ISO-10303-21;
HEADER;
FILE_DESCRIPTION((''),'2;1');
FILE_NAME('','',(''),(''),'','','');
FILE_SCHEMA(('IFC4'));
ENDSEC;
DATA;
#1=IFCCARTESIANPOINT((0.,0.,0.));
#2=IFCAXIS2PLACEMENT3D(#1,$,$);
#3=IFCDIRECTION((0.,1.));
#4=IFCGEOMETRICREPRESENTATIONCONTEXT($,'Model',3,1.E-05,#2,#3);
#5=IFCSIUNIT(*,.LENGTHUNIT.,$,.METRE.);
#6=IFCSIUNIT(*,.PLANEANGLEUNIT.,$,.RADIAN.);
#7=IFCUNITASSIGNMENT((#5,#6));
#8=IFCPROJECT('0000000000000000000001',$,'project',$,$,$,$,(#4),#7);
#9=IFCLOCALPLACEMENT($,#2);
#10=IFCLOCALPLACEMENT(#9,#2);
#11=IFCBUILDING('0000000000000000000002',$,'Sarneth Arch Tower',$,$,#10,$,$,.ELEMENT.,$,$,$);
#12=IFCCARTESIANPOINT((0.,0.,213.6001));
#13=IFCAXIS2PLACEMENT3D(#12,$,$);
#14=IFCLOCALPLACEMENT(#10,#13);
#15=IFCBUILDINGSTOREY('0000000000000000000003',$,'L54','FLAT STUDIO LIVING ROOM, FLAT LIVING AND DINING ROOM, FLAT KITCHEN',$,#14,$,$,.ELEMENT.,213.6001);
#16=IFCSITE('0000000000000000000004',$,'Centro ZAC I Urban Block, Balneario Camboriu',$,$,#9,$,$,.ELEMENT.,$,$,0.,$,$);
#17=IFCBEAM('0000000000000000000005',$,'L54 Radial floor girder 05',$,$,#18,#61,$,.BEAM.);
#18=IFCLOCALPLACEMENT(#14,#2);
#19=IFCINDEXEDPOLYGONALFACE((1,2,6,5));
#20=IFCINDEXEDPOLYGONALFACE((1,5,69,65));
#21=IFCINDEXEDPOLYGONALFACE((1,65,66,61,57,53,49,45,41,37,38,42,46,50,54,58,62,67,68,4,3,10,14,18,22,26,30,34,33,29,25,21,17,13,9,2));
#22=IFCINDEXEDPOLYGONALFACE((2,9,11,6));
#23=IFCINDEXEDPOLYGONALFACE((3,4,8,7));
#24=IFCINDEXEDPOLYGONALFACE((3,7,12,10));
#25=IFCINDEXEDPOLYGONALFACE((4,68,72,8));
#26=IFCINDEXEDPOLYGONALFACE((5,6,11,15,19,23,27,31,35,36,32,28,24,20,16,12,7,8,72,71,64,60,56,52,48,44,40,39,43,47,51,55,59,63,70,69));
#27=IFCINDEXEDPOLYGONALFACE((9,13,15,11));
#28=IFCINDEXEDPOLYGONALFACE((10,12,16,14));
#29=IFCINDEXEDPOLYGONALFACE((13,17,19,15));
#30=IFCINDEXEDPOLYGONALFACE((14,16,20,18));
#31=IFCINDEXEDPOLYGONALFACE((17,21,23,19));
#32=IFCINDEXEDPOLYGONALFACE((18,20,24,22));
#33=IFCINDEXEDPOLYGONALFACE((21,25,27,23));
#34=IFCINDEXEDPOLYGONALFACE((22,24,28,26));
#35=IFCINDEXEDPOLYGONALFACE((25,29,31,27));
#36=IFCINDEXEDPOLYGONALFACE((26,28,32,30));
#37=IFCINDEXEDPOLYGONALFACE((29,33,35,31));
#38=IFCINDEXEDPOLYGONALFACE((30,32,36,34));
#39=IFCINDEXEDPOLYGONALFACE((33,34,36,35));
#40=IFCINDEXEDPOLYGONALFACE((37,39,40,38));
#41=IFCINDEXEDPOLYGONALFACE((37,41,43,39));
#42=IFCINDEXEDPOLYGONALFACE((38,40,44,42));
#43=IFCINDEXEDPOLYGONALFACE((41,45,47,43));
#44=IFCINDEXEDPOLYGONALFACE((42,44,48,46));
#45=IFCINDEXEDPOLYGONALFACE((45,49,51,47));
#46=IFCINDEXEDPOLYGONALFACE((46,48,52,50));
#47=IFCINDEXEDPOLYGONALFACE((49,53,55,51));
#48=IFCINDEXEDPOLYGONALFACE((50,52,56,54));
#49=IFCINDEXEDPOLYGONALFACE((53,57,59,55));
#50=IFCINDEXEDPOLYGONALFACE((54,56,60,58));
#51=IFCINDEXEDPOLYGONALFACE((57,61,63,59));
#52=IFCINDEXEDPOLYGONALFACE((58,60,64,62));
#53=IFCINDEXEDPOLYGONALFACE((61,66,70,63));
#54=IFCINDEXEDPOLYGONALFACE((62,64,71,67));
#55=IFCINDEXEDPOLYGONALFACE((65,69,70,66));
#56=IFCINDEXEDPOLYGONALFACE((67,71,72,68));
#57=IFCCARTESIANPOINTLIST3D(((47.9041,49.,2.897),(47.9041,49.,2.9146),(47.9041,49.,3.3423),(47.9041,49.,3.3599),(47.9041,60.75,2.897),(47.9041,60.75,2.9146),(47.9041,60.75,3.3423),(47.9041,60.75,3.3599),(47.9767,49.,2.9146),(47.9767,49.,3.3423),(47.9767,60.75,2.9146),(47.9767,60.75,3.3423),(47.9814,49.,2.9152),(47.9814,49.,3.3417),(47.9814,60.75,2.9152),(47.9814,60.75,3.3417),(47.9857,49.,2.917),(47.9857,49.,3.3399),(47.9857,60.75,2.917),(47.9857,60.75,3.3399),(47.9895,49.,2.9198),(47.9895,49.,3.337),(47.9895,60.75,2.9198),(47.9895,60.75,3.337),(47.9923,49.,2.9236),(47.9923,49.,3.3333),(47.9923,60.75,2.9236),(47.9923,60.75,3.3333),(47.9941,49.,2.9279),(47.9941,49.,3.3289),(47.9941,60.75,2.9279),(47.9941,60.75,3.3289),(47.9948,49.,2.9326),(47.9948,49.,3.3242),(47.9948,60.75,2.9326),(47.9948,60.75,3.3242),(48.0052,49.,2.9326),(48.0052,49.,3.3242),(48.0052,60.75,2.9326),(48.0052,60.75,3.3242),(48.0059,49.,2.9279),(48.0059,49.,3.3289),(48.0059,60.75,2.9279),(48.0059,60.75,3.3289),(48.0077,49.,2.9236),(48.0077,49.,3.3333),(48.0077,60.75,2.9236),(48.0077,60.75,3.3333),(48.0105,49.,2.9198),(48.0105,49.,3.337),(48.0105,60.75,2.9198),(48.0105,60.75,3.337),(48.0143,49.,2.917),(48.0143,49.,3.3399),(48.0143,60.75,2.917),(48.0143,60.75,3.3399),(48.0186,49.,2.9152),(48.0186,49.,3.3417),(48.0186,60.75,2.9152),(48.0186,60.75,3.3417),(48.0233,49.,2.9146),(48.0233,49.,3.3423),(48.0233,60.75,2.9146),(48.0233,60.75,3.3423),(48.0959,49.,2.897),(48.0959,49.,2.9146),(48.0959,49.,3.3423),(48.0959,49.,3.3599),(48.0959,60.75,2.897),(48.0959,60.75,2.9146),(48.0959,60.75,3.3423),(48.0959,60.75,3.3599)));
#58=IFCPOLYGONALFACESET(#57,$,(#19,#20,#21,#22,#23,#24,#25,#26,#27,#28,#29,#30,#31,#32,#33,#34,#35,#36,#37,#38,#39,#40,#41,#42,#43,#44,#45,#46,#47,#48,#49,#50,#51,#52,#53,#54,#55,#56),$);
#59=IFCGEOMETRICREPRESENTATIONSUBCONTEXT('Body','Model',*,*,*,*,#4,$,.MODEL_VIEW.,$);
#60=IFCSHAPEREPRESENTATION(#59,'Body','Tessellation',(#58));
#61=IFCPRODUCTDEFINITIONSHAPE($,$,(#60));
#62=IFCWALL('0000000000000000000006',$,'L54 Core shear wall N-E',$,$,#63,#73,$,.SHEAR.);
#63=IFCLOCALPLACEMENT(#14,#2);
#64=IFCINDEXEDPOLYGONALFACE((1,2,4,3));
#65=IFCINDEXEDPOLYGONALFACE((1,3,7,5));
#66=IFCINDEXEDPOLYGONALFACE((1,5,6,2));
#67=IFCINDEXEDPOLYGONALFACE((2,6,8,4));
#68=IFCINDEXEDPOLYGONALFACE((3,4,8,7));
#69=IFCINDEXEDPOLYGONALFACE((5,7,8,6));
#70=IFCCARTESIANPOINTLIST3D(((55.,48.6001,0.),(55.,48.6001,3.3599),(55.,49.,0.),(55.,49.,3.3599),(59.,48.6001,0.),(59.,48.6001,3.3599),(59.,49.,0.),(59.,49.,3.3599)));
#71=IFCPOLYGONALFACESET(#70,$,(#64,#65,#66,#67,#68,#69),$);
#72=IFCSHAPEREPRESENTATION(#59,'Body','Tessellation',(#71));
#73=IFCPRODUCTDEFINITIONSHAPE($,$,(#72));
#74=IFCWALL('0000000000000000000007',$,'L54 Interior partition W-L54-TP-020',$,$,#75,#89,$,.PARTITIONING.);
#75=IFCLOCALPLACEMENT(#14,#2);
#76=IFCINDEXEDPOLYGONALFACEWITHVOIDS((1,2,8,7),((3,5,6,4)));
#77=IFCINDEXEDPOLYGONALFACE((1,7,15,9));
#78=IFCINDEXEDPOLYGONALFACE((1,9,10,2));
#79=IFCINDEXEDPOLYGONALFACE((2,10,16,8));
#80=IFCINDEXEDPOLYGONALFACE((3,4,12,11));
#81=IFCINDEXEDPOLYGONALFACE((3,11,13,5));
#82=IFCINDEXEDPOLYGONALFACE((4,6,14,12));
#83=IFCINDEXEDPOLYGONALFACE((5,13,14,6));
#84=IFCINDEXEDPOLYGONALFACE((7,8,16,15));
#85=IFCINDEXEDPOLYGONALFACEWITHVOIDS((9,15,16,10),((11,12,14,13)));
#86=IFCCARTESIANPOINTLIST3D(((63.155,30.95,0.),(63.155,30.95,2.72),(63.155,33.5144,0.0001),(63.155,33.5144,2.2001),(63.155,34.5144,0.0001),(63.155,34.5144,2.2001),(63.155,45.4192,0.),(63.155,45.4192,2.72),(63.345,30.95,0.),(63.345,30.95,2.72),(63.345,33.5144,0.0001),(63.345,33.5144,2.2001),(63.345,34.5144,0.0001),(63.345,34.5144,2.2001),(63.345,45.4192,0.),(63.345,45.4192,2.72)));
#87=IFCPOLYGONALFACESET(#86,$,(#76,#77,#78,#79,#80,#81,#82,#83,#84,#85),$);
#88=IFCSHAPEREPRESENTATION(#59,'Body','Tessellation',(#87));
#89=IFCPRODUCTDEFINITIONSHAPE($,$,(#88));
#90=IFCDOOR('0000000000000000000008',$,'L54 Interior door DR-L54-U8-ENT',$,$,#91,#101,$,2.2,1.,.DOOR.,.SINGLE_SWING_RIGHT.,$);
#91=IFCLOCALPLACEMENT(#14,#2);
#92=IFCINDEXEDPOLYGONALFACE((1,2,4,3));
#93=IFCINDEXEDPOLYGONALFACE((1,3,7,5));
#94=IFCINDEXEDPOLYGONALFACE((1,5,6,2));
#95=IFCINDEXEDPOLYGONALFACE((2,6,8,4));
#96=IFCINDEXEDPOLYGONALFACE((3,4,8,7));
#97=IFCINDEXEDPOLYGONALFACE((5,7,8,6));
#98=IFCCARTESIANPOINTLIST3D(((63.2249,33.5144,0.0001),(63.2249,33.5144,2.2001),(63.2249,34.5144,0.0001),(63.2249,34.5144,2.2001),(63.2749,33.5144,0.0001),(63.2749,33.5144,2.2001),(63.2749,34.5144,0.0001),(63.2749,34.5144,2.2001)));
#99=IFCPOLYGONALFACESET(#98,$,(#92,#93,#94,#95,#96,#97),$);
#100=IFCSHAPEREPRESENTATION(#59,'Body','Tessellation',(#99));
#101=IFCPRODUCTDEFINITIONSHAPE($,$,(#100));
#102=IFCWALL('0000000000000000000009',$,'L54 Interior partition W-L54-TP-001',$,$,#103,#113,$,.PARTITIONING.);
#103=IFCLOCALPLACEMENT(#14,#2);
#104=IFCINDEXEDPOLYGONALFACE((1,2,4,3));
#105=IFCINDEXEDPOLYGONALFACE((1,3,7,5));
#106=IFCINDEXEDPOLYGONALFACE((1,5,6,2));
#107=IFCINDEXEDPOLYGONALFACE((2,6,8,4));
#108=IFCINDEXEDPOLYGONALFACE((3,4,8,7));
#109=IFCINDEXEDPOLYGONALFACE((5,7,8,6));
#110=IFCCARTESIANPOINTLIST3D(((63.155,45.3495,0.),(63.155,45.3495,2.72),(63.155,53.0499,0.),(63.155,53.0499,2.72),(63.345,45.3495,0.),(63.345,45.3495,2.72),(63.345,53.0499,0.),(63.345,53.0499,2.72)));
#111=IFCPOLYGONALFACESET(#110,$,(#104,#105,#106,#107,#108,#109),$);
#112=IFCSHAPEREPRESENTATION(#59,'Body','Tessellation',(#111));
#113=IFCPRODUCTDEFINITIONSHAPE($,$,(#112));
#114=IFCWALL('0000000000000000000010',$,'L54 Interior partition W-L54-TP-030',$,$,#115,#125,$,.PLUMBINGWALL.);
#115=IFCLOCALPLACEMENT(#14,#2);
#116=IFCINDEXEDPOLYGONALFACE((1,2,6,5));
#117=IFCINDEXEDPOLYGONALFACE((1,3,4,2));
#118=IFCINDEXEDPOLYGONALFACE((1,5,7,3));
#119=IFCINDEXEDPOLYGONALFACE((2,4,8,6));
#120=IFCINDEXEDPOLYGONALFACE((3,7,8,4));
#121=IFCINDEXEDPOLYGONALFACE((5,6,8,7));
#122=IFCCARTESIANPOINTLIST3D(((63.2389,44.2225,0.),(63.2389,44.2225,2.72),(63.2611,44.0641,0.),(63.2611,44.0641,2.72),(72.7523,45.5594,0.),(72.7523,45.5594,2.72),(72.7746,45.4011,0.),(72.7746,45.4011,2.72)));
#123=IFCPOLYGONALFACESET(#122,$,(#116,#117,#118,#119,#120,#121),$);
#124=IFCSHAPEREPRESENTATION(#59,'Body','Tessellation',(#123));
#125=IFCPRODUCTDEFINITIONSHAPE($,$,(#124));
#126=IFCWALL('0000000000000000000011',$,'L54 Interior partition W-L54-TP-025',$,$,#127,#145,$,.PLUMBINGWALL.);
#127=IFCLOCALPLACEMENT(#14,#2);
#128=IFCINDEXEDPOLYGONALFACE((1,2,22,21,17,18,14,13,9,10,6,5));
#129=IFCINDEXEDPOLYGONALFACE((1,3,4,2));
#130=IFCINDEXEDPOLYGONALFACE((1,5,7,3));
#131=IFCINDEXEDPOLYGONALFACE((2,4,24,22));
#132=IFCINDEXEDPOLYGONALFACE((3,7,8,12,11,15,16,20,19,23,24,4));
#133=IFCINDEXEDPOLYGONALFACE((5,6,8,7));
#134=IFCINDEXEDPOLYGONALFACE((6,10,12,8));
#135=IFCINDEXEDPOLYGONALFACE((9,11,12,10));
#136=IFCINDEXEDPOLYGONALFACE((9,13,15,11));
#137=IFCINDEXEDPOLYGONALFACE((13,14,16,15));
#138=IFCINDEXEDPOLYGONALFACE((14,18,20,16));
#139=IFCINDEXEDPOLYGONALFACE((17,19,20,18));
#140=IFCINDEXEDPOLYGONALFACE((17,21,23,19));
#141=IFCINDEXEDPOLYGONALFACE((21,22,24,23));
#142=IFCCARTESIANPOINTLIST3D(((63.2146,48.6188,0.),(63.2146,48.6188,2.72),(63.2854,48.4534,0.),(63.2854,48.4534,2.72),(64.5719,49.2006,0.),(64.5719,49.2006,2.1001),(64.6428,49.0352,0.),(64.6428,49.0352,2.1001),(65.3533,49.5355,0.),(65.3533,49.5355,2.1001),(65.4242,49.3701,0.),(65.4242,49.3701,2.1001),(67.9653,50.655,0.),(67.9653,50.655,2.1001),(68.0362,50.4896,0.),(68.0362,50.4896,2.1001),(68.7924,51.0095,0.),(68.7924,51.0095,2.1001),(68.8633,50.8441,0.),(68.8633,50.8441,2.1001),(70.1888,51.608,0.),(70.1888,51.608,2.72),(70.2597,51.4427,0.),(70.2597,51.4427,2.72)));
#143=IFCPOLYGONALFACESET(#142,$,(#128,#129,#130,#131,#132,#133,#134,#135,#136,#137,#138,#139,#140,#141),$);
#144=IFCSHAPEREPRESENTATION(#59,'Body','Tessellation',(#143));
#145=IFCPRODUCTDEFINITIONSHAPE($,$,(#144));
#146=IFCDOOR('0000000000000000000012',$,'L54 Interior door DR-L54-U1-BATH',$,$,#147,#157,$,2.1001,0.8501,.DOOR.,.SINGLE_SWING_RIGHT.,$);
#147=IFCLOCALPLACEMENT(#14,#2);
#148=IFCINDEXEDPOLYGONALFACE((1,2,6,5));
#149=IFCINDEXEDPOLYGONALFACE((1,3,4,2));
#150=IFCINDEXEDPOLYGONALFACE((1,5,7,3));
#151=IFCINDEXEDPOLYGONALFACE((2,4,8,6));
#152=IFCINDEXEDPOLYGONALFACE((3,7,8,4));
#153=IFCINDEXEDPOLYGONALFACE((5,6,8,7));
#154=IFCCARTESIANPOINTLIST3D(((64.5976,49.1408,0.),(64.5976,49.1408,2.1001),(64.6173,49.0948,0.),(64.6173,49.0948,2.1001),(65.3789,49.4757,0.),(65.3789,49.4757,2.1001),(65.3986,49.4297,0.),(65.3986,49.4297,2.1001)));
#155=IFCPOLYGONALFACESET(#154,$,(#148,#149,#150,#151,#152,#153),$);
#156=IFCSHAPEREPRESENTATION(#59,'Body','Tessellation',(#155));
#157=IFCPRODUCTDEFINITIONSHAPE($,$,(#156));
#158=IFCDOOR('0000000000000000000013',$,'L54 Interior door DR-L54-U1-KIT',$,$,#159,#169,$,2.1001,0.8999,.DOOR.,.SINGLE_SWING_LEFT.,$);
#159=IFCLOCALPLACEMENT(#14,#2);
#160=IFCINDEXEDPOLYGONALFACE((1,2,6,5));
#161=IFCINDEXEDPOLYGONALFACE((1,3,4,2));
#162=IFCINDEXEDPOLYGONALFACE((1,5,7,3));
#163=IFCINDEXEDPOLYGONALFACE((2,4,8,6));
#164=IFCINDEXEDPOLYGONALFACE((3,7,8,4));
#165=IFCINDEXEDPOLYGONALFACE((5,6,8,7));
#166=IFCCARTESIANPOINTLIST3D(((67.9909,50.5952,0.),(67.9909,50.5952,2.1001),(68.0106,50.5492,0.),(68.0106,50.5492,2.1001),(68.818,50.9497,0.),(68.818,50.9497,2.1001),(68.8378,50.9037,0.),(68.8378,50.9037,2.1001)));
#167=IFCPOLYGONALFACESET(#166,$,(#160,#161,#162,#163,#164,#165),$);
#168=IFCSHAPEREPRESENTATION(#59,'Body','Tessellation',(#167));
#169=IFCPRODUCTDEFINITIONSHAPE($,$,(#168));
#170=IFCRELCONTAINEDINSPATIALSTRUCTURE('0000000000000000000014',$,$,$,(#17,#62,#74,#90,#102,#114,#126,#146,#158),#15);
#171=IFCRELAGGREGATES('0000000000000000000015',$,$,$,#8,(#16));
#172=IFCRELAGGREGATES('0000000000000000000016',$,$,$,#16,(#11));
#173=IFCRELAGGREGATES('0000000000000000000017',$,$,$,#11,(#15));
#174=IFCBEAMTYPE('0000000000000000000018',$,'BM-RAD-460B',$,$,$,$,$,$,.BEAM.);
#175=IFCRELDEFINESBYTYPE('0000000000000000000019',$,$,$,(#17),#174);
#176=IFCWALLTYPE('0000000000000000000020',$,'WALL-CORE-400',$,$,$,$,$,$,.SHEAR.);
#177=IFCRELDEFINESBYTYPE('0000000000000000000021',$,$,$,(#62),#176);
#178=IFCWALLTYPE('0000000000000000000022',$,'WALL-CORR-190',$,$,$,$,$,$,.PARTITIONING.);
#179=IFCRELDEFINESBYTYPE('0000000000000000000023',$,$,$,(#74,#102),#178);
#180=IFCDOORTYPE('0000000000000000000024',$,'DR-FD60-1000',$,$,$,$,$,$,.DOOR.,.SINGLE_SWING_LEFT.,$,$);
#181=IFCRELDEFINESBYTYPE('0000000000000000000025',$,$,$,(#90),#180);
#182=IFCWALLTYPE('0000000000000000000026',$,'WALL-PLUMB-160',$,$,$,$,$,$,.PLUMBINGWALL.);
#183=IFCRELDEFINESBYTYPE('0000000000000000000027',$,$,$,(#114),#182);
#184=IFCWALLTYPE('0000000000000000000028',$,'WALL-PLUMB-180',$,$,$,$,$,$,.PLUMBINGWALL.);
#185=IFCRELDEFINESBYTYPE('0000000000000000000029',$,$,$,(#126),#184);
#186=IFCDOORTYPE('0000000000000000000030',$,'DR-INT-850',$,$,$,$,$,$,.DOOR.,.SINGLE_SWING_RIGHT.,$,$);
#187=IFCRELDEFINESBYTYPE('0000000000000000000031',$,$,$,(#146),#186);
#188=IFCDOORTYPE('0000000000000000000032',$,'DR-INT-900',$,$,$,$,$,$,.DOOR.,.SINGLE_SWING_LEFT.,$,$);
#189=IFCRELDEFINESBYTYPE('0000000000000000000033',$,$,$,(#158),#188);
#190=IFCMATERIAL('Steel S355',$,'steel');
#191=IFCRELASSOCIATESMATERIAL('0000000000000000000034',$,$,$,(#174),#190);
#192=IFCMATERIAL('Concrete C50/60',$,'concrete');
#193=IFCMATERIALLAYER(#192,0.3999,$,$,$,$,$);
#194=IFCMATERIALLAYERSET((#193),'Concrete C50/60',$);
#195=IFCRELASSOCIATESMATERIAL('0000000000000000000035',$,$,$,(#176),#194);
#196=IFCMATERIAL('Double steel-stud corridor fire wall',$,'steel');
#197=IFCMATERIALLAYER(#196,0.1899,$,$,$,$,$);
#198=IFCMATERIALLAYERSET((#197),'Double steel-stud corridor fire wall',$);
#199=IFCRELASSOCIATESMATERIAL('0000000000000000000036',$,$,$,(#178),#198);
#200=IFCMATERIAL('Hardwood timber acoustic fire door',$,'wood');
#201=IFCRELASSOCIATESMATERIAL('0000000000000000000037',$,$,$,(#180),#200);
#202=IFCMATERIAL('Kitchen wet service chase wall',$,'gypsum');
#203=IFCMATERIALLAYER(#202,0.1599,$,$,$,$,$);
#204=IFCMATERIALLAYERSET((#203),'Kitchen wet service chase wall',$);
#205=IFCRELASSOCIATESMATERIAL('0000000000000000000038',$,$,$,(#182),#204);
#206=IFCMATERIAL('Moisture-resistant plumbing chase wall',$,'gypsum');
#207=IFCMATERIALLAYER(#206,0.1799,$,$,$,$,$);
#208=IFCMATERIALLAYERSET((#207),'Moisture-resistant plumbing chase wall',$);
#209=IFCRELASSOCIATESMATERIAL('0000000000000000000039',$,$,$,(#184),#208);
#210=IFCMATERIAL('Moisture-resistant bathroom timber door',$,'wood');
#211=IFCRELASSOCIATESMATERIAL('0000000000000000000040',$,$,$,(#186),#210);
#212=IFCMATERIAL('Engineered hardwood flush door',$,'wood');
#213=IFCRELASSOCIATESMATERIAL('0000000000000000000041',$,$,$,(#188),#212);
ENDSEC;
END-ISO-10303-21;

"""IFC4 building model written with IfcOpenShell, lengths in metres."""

from ifc_helpers import new_model, si_unit, direction, frame, frame_2d, origin, origin_2d, place, context, subcontext, project, spatial, rectangle, i_section, extrude, material, layer, layer_set, material_profile, profile_set, type_object, element, fill, save


model = new_model("IFC4")

# Units and contexts
model_context = context("Model", 3, precision=1e-05, world=origin(), true_north=direction((0.0, 1.0)))
body_context = subcontext(model_context, "Body", "Model", "MODEL_VIEW")
ifc_project = project(units=[si_unit("LENGTHUNIT", "METRE"), si_unit("PLANEANGLEUNIT", "RADIAN")], contexts=[model_context])

# Site, building, storey
site_placement = place(None, origin())
site = spatial("IfcSite", under=ifc_project, at=site_placement, Name="Centro ZAC I Urban Block, Balneario Camboriu", CompositionType="ELEMENT", RefElevation=0.0)
building_placement = place(site_placement, origin())
building = spatial("IfcBuilding", under=site, at=building_placement, Name="Sarneth Arch Tower", CompositionType="ELEMENT")
storey_placement = place(building_placement, frame((0.0, 0.0, 213.6001)))
storey = spatial("IfcBuildingStorey", under=building, at=storey_placement, Name="L54", Description="FLAT STUDIO LIVING ROOM, FLAT LIVING AND DINING ROOM, FLAT KITCHEN", CompositionType="ELEMENT", Elevation=213.6001)

# Beam
ifc_material_1 = material(Name="Steel S355", Category="steel")
ifc_material_profile_1 = material_profile(ifc_material_1, i_section(OverallWidth=0.1919, OverallDepth=0.4629, WebThickness=0.0105, FlangeThickness=0.0176, FilletRadius=0.0181, at=origin_2d()), Name="W460x89")
ifc_profile_set_1 = profile_set([ifc_material_profile_1], Name="Steel S355")
beam_type_1 = type_object("IfcBeamType", Name="BM-RAD-460B", PredefinedType="BEAM", material=ifc_profile_set_1)
beam_1_placement = place(storey_placement, frame((48.0, 49.0, 3.1284), z_axis=(0.0, 1.0, 0.0), x_axis=(-1.0, 0.0, 0.0)))
element("IfcBeam", 1, at=beam_1_placement, inside=storey, type_object=beam_type_1, Name="L54 Radial floor girder 05", PredefinedType="BEAM", context=body_context, shape_type="SweptSolid", body=[
    extrude(i_section(OverallWidth=0.1919, OverallDepth=0.4629, WebThickness=0.0105, FlangeThickness=0.0176, FilletRadius=0.0181, at=origin_2d()), origin(), (0.0, 0.0, 1.0), 11.75),
])

# Wall
ifc_material_2 = material(Name="Concrete C50/60", Category="concrete")
ifc_layer_1 = layer(ifc_material_2, 0.3999)
ifc_layer_set_1 = layer_set([ifc_layer_1], Name="Concrete C50/60")
wall_type_1 = type_object("IfcWallType", Name="WALL-CORE-400", PredefinedType="SHEAR", material=ifc_layer_set_1)
wall_1_placement = place(storey_placement, frame((55.0, 48.8, 0.0), z_axis=(0.0, 0.0, 1.0), x_axis=(1.0, 0.0, 0.0)))
element("IfcWall", 2, at=wall_1_placement, inside=storey, type_object=wall_type_1, Name="L54 Core shear wall N-E", PredefinedType="SHEAR", context=body_context, shape_type="SweptSolid", body=[
    extrude(rectangle(XDim=4.0, YDim=0.3999, at=frame_2d((2.0, 0.0))), origin(), (0.0, 0.0, 1.0), 3.3599),
])

# Wall, opening, door
ifc_material_3 = material(Name="Double steel-stud corridor fire wall", Category="steel")
ifc_layer_2 = layer(ifc_material_3, 0.1899)
ifc_layer_set_2 = layer_set([ifc_layer_2], Name="Double steel-stud corridor fire wall")
wall_type_2 = type_object("IfcWallType", Name="WALL-CORR-190", PredefinedType="PARTITIONING", material=ifc_layer_set_2)
wall_2_placement = place(storey_placement, frame((63.25, 45.4192, 0.0), z_axis=(0.0, 0.0, 1.0), x_axis=(0.0, -1.0, 0.0)))
wall_2 = element("IfcWall", 3, at=wall_2_placement, inside=storey, type_object=wall_type_2, Name="L54 Interior partition W-L54-TP-020", PredefinedType="PARTITIONING", context=body_context, shape_type="SweptSolid", body=[
    extrude(rectangle(XDim=14.4692, YDim=0.1899, at=frame_2d((7.2346, 0.0))), origin(), (0.0, 0.0, 1.0), 2.72),
])
opening_1_placement = place(wall_2_placement, frame((10.9048, 0.0, 0.0)))
opening_1 = element("IfcOpeningElement", 4, at=opening_1_placement, cuts=wall_2, PredefinedType="OPENING", context=body_context, shape_type="SweptSolid", body=[
    extrude(rectangle(XDim=1.0, YDim=2.2, at=frame_2d((0.5, 1.1001))), frame((0.0, 0.105, 0.0), z_axis=(0.0, -1.0, 0.0), x_axis=(1.0, 0.0, 0.0)), (0.0, 0.0, 1.0), 0.21),
])
ifc_material_4 = material(Name="Hardwood timber acoustic fire door", Category="wood")
door_type_1 = type_object("IfcDoorType", Name="DR-FD60-1000", OperationType="SINGLE_SWING_LEFT", PredefinedType="DOOR", material=ifc_material_4)
door_1_placement = place(opening_1_placement, origin())
door_1 = element("IfcDoor", 5, at=door_1_placement, inside=storey, type_object=door_type_1, Name="L54 Interior door DR-L54-U8-ENT", OperationType="SINGLE_SWING_RIGHT", OverallHeight=2.2, OverallWidth=1.0, PredefinedType="DOOR", context=body_context, shape_type="SweptSolid", body=[
    extrude(rectangle(XDim=1.0, YDim=2.2, at=frame_2d((0.5, 1.1001))), frame((0.0, 0.0249, 0.0), z_axis=(0.0, -1.0, 0.0), x_axis=(1.0, 0.0, 0.0)), (0.0, 0.0, 1.0), 0.05),
])
fill(opening_1, door_1)

# Walls
wall_3_placement = place(storey_placement, frame((63.25, 45.3496, 0.0), z_axis=(0.0, 0.0, 1.0), x_axis=(0.0, 1.0, 0.0)))
element("IfcWall", 6, at=wall_3_placement, inside=storey, type_object=wall_type_2, Name="L54 Interior partition W-L54-TP-001", PredefinedType="PARTITIONING", context=body_context, shape_type="SweptSolid", body=[
    extrude(rectangle(XDim=7.7004, YDim=0.1899, at=frame_2d((3.8501, 0.0))), origin(), (0.0, 0.0, 1.0), 2.72),
])
ifc_material_5 = material(Name="Kitchen wet service chase wall", Category="gypsum")
ifc_layer_3 = layer(ifc_material_5, 0.1599)
ifc_layer_set_3 = layer_set([ifc_layer_3], Name="Kitchen wet service chase wall")
wall_type_3 = type_object("IfcWallType", Name="WALL-PLUMB-160", PredefinedType="PLUMBINGWALL", material=ifc_layer_set_3)
wall_4_placement = place(storey_placement, frame((63.25, 44.1433, 0.0), z_axis=(0.0, 0.0, 1.0), x_axis=(0.99027, 0.139162, 0.0)))
element("IfcWall", 7, at=wall_4_placement, inside=storey, type_object=wall_type_3, Name="L54 Interior partition W-L54-TP-030", PredefinedType="PLUMBINGWALL", context=body_context, shape_type="SweptSolid", body=[
    extrude(rectangle(XDim=9.6069, YDim=0.1599, at=frame_2d((4.8035, 0.0))), origin(), (0.0, 0.0, 1.0), 2.72),
])

# Wall, openings, doors
ifc_material_6 = material(Name="Moisture-resistant plumbing chase wall", Category="gypsum")
ifc_layer_4 = layer(ifc_material_6, 0.1799)
ifc_layer_set_4 = layer_set([ifc_layer_4], Name="Moisture-resistant plumbing chase wall")
wall_type_4 = type_object("IfcWallType", Name="WALL-PLUMB-180", PredefinedType="PLUMBINGWALL", material=ifc_layer_set_4)
wall_5_placement = place(storey_placement, frame((63.25, 48.5361, 0.0), z_axis=(0.0, 0.0, 1.0), x_axis=(0.919133, 0.393946, 0.0)))
wall_5 = element("IfcWall", 8, at=wall_5_placement, inside=storey, type_object=wall_type_4, Name="L54 Interior partition W-L54-TP-025", PredefinedType="PLUMBINGWALL", context=body_context, shape_type="SweptSolid", body=[
    extrude(rectangle(XDim=7.5879, YDim=0.1799, at=frame_2d((3.7939, 0.0))), origin(), (0.0, 0.0, 1.0), 2.72),
])
opening_2_placement = place(wall_5_placement, frame((5.1687, 0.0, 0.0)))
opening_2 = element("IfcOpeningElement", 9, at=opening_2_placement, cuts=wall_5, PredefinedType="OPENING", context=body_context, shape_type="SweptSolid", body=[
    extrude(rectangle(XDim=0.8999, YDim=2.1001, at=frame_2d((0.45, 1.05))), frame((0.0, 0.0999, 0.0), z_axis=(0.0, -1.0, 0.0), x_axis=(1.0, 0.0, 0.0)), (0.0, 0.0, 1.0), 0.2),
])
opening_3_placement = place(wall_5_placement, frame((1.4768, 0.0, 0.0)))
opening_3 = element("IfcOpeningElement", 10, at=opening_3_placement, cuts=wall_5, PredefinedType="OPENING", context=body_context, shape_type="SweptSolid", body=[
    extrude(rectangle(XDim=0.8501, YDim=2.1001, at=frame_2d((0.425, 1.05))), frame((0.0, 0.0999, 0.0), z_axis=(0.0, -1.0, 0.0), x_axis=(1.0, 0.0, 0.0)), (0.0, 0.0, 1.0), 0.2),
])
ifc_material_7 = material(Name="Moisture-resistant bathroom timber door", Category="wood")
door_type_2 = type_object("IfcDoorType", Name="DR-INT-850", OperationType="SINGLE_SWING_RIGHT", PredefinedType="DOOR", material=ifc_material_7)
door_2_placement = place(opening_3_placement, origin())
door_2 = element("IfcDoor", 11, at=door_2_placement, inside=storey, type_object=door_type_2, Name="L54 Interior door DR-L54-U1-BATH", OperationType="SINGLE_SWING_RIGHT", OverallHeight=2.1001, OverallWidth=0.8501, PredefinedType="DOOR", context=body_context, shape_type="SweptSolid", body=[
    extrude(rectangle(XDim=0.8501, YDim=2.1001, at=frame_2d((0.425, 1.05))), frame((0.0, 0.0249, 0.0), z_axis=(0.0, -1.0, 0.0), x_axis=(1.0, 0.0, 0.0)), (0.0, 0.0, 1.0), 0.05),
])
fill(opening_3, door_2)
ifc_material_8 = material(Name="Engineered hardwood flush door", Category="wood")
door_type_3 = type_object("IfcDoorType", Name="DR-INT-900", OperationType="SINGLE_SWING_LEFT", PredefinedType="DOOR", material=ifc_material_8)
door_3_placement = place(opening_2_placement, origin())
door_3 = element("IfcDoor", 12, at=door_3_placement, inside=storey, type_object=door_type_3, Name="L54 Interior door DR-L54-U1-KIT", OperationType="SINGLE_SWING_LEFT", OverallHeight=2.1001, OverallWidth=0.8999, PredefinedType="DOOR", context=body_context, shape_type="SweptSolid", body=[
    extrude(rectangle(XDim=0.8999, YDim=2.1001, at=frame_2d((0.45, 1.05))), frame((0.0, 0.0249, 0.0), z_axis=(0.0, -1.0, 0.0), x_axis=(1.0, 0.0, 0.0)), (0.0, 0.0, 1.0), 0.05),
])
fill(opening_2, door_3)

save(model, "model.ifc")
